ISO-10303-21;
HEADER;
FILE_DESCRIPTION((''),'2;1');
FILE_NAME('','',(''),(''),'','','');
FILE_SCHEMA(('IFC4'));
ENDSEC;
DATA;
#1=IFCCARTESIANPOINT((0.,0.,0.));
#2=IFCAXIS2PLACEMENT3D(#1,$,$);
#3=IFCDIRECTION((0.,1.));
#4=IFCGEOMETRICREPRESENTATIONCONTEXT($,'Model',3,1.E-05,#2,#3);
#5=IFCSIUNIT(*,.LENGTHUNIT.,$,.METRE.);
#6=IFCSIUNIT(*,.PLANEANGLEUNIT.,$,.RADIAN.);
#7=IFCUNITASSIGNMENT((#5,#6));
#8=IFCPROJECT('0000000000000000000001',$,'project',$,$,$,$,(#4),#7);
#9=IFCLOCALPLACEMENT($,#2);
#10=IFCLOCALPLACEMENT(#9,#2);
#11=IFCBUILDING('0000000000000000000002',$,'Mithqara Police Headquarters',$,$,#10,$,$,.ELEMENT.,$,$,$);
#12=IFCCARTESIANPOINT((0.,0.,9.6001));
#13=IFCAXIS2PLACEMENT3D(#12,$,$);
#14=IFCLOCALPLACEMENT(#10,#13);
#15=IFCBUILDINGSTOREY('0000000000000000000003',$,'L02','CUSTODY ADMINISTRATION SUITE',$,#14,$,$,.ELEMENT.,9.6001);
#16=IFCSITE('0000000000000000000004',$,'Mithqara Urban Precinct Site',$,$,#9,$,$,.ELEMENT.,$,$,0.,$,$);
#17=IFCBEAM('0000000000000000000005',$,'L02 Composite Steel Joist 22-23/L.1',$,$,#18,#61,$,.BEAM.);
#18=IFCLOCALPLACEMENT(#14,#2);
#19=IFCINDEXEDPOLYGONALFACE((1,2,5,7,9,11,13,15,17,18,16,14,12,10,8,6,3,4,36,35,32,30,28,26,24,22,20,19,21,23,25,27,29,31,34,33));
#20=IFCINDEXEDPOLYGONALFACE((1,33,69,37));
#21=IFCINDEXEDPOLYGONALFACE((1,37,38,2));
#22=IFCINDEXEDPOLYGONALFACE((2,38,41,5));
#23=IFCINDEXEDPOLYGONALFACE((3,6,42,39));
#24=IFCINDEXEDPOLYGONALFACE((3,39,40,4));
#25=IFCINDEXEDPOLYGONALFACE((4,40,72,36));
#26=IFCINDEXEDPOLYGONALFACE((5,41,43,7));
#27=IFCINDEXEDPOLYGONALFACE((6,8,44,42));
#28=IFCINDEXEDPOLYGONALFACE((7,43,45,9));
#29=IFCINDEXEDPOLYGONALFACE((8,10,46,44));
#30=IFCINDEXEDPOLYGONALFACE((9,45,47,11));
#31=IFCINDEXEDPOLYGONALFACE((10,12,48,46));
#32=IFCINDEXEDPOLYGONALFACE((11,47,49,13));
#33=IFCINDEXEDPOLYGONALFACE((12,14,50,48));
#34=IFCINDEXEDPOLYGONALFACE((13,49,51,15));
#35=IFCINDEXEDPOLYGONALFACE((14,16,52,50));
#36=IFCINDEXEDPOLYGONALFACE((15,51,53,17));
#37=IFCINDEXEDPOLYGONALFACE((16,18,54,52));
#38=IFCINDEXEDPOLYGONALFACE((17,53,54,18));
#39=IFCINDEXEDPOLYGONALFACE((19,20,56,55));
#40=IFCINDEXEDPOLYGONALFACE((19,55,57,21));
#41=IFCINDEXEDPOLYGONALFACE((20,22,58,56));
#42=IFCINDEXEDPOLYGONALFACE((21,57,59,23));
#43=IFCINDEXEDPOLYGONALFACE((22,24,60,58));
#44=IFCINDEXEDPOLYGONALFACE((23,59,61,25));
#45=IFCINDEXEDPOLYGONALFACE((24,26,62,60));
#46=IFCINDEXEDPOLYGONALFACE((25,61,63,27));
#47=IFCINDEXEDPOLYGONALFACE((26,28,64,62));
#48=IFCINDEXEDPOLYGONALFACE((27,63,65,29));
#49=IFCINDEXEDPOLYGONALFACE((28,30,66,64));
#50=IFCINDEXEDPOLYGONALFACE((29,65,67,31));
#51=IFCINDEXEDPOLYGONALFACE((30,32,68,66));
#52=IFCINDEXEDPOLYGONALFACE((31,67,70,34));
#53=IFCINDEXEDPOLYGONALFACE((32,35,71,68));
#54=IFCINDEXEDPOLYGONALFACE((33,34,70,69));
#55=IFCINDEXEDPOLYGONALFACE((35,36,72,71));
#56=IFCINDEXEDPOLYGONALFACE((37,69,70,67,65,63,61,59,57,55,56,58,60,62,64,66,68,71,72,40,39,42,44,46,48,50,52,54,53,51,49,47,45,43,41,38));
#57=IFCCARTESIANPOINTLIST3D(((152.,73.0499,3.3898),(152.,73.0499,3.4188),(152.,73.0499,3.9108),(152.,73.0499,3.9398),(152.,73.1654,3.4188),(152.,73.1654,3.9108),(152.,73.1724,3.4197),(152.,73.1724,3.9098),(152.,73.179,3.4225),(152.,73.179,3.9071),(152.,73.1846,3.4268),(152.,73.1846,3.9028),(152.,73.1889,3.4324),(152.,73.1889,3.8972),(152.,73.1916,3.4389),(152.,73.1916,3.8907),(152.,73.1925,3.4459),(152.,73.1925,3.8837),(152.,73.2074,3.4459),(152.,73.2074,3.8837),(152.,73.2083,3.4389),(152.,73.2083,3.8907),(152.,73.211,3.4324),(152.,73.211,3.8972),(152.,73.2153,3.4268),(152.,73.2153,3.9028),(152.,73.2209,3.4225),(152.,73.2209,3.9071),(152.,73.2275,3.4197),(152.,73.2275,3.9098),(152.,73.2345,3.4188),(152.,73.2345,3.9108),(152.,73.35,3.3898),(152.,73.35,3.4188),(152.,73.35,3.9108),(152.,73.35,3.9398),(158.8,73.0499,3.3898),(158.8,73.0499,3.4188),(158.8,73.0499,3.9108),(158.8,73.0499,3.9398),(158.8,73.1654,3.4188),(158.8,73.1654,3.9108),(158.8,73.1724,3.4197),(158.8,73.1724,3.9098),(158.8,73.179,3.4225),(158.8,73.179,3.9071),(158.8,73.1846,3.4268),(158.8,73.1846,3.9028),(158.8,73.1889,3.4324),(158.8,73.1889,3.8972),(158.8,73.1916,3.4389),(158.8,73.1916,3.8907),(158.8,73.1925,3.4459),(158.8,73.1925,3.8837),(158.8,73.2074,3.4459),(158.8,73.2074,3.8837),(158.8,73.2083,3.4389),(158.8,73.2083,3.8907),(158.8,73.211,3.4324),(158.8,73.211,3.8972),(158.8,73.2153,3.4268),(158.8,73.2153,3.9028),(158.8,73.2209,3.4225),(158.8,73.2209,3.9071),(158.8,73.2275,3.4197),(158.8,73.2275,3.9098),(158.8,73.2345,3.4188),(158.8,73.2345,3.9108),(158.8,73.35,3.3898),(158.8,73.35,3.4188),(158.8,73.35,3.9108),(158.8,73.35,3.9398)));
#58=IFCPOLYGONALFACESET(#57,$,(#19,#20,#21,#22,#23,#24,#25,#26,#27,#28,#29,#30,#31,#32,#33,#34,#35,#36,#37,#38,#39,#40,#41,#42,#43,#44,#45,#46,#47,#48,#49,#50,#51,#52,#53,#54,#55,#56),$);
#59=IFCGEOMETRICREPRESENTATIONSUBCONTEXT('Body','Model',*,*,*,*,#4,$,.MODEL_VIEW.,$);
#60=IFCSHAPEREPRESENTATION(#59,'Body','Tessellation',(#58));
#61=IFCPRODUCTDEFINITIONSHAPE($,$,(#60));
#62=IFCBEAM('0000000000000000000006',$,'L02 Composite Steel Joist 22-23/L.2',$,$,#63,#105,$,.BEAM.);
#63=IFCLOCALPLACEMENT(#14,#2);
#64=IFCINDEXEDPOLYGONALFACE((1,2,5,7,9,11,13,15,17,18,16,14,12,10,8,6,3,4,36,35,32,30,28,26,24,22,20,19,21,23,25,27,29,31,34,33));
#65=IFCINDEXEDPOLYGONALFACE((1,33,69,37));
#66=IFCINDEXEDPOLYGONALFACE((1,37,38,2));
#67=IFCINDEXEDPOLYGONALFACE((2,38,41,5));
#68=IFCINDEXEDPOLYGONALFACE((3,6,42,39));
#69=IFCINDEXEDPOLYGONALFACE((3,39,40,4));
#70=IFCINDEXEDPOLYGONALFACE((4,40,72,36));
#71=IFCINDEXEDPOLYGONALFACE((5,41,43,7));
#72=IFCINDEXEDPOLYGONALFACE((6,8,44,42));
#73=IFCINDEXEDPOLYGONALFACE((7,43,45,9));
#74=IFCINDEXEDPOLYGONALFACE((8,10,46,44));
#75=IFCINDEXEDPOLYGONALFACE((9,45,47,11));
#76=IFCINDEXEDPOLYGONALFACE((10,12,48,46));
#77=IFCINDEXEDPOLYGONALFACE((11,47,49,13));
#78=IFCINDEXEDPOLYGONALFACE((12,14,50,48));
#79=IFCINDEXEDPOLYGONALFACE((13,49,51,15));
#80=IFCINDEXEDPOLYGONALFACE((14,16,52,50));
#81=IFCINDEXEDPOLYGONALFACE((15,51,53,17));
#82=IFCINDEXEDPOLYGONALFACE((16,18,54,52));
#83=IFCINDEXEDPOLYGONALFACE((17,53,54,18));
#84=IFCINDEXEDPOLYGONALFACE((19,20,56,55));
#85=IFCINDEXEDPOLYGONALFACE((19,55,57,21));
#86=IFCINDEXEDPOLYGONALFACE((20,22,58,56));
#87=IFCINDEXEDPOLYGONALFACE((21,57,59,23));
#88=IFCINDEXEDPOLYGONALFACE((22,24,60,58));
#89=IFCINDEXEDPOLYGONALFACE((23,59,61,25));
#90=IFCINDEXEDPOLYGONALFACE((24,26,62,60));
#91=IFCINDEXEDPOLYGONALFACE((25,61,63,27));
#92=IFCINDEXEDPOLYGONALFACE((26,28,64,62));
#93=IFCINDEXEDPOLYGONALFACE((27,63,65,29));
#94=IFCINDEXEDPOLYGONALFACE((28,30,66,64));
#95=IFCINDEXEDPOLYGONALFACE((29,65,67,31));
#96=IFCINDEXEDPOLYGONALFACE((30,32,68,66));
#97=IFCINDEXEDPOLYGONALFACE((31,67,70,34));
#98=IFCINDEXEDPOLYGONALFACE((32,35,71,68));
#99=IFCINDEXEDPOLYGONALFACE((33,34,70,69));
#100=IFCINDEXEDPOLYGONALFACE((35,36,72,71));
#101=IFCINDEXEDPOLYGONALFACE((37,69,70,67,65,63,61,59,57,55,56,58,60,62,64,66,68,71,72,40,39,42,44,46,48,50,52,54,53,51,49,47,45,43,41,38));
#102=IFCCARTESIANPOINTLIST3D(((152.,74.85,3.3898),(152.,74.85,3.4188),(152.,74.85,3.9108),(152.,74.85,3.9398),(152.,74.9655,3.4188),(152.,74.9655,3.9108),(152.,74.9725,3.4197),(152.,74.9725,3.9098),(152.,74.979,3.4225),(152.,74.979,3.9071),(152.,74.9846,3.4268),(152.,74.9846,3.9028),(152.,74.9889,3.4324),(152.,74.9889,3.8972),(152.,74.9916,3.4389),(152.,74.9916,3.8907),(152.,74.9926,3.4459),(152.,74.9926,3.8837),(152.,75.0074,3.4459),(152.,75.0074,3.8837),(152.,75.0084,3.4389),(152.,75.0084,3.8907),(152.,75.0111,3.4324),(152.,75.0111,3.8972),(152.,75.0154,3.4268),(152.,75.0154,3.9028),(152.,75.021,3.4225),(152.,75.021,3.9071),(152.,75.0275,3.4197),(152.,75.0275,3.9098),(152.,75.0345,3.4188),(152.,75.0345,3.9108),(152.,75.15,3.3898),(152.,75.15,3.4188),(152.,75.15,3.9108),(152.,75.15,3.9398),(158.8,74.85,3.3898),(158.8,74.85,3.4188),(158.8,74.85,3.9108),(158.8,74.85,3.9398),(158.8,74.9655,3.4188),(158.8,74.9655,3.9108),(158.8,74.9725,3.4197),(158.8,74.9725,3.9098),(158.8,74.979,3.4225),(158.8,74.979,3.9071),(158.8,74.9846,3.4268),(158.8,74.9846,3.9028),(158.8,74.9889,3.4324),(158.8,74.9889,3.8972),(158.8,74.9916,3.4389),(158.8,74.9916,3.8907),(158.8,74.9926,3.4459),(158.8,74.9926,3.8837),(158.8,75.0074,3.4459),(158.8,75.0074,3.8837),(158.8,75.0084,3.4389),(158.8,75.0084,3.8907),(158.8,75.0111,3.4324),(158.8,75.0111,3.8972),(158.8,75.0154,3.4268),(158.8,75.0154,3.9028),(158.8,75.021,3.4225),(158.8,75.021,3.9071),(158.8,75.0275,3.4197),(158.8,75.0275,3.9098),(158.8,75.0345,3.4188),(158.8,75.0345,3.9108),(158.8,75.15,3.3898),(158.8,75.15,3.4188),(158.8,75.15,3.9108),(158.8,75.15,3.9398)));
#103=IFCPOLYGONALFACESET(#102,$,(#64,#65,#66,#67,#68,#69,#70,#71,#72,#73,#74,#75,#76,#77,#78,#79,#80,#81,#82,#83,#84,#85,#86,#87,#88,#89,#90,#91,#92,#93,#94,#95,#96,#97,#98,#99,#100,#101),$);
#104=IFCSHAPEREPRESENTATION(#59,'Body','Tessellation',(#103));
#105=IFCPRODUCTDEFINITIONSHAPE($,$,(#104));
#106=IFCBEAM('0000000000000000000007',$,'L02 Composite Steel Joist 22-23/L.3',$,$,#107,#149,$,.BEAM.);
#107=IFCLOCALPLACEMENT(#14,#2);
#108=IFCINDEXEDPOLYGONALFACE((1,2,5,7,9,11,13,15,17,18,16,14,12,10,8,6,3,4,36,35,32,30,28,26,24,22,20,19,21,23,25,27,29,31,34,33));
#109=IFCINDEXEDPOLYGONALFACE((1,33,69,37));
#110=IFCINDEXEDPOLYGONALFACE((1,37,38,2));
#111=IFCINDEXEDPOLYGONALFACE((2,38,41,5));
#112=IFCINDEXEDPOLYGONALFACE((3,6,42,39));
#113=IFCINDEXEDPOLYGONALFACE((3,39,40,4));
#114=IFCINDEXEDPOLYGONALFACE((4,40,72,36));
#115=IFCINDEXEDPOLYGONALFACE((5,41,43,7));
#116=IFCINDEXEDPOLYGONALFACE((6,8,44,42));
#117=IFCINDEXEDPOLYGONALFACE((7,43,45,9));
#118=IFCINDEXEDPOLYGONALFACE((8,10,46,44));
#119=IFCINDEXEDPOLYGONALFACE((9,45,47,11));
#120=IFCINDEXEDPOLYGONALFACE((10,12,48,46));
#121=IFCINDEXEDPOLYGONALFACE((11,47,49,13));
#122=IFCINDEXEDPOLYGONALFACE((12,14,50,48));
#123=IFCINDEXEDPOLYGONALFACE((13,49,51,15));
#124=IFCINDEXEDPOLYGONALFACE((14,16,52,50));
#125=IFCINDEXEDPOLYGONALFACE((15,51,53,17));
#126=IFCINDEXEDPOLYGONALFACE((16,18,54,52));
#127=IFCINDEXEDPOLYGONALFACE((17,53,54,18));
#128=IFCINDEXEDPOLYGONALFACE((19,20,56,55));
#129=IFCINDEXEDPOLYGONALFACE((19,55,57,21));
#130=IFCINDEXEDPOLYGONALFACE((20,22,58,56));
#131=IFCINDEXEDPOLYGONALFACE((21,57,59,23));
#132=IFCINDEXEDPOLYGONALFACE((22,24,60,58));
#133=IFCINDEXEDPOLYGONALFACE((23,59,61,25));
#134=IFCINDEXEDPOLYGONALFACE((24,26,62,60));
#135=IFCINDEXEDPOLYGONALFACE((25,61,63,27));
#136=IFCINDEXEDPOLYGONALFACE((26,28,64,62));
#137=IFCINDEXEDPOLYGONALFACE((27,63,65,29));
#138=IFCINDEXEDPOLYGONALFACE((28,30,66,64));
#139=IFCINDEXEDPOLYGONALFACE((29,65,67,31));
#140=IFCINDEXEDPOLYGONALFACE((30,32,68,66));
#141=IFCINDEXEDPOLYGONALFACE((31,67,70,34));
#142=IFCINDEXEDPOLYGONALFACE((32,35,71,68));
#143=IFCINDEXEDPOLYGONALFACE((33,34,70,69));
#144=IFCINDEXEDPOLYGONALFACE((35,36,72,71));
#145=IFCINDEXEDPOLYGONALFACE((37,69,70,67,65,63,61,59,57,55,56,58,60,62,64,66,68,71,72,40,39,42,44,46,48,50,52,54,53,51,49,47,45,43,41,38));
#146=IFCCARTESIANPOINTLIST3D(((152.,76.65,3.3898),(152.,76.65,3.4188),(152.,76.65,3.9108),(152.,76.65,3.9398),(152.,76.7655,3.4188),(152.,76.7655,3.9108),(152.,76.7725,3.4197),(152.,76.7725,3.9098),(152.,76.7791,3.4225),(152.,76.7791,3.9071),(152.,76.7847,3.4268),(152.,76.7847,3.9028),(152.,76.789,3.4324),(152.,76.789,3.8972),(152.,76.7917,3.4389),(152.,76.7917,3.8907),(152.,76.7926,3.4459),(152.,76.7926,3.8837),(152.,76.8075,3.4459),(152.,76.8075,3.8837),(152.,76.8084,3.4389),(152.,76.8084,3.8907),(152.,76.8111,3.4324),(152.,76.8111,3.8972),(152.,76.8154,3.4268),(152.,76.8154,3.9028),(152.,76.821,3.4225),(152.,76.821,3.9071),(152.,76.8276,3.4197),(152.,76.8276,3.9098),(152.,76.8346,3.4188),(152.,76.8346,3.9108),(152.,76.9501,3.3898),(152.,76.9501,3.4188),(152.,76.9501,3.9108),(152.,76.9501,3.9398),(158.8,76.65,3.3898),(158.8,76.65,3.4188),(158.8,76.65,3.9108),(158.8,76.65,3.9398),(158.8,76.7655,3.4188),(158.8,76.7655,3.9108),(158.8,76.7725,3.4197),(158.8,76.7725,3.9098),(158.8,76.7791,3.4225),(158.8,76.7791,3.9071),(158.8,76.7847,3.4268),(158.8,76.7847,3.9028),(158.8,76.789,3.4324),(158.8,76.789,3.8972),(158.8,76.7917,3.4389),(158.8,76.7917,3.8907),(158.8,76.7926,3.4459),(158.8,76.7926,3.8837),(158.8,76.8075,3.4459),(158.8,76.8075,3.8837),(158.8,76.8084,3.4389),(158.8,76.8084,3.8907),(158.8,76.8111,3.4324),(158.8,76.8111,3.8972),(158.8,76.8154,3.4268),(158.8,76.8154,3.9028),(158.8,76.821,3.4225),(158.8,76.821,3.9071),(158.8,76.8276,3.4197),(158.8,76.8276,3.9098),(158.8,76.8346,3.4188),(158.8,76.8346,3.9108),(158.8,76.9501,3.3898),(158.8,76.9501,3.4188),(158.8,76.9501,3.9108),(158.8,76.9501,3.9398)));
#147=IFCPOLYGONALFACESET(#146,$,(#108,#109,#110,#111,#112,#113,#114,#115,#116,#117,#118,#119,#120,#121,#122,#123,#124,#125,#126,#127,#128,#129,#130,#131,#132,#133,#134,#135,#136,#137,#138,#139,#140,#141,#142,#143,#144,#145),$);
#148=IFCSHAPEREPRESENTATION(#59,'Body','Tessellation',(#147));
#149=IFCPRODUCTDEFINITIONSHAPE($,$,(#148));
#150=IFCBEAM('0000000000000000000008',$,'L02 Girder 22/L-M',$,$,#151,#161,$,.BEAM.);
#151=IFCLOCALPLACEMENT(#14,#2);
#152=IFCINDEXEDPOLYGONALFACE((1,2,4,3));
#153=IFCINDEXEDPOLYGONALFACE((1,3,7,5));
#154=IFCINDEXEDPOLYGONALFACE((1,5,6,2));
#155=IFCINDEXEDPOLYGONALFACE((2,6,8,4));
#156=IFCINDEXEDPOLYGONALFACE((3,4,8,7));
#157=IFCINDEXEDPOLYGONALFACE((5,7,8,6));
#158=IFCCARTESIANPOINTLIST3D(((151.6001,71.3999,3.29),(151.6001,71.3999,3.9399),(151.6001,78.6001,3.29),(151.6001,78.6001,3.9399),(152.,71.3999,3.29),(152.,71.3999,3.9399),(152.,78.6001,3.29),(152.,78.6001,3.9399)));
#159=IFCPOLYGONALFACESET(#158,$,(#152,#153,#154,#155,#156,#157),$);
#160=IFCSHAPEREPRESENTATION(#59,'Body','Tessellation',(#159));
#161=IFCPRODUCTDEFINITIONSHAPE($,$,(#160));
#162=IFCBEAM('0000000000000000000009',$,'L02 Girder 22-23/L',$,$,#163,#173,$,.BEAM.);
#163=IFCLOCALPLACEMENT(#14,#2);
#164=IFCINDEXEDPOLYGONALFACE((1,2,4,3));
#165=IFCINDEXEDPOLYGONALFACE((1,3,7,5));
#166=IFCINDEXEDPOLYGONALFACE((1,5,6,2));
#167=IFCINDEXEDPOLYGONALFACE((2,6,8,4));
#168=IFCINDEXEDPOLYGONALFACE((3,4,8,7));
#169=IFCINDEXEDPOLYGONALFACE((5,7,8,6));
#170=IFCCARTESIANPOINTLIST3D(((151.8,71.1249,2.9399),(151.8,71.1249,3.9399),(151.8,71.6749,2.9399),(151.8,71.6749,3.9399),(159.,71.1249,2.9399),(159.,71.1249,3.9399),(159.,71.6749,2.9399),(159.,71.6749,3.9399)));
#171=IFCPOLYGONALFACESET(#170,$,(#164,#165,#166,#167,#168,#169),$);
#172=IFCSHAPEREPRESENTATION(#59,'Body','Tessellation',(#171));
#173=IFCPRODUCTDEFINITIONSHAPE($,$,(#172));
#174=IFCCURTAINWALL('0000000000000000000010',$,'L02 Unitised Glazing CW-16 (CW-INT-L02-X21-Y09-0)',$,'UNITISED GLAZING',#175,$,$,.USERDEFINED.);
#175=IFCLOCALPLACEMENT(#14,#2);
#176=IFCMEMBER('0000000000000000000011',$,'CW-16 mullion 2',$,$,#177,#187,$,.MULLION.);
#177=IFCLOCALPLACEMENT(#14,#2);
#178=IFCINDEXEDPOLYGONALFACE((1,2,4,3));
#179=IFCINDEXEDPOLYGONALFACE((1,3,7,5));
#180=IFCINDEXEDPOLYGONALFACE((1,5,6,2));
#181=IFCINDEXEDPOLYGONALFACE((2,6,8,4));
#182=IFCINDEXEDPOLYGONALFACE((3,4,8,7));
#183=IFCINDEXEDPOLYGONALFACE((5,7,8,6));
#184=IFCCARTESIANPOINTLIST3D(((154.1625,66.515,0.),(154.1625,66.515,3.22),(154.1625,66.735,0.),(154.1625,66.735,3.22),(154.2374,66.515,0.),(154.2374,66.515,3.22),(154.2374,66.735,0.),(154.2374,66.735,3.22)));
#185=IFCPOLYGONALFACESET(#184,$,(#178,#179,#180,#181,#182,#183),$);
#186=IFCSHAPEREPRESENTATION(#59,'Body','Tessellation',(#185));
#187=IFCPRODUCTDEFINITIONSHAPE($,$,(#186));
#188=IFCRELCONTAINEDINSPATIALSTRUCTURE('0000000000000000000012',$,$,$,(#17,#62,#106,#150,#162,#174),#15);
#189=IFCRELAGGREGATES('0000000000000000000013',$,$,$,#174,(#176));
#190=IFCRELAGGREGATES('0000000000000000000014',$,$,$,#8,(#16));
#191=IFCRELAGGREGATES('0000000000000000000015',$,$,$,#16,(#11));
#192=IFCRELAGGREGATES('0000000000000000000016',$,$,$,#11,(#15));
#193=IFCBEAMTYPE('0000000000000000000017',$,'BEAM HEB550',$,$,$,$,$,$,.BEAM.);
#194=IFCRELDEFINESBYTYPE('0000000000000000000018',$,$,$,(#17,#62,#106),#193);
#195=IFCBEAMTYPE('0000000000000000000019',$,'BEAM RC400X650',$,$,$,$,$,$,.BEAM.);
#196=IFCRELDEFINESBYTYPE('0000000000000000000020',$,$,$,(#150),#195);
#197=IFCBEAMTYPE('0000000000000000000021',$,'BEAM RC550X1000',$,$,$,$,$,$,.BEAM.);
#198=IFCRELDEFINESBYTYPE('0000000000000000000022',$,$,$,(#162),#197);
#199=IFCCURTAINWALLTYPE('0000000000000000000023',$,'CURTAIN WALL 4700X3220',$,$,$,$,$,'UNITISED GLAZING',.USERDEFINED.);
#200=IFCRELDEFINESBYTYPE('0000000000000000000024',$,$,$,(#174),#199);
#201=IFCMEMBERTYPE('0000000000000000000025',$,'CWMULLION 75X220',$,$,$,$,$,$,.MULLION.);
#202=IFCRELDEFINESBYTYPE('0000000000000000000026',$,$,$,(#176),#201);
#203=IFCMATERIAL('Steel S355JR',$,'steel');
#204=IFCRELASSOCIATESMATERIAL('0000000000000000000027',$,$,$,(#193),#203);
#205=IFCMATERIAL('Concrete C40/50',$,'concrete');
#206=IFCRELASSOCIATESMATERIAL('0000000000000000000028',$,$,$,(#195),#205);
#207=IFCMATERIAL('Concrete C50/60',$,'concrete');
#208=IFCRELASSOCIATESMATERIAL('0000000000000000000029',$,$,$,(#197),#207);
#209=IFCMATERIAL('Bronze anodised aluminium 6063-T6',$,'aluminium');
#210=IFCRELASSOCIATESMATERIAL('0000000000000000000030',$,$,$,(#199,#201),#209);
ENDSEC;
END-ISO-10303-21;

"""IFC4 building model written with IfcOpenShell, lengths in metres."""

from ifc_helpers import new_model, si_unit, direction, frame, origin, origin_2d, place, context, subcontext, project, spatial, rectangle, i_section, extrude, material, material_profile, profile_set, type_object, element, aggregate, save


model = new_model("IFC4")

# Units and contexts
model_context = context("Model", 3, precision=1e-05, world=origin(), true_north=direction((0.0, 1.0)))
body_context = subcontext(model_context, "Body", "Model", "MODEL_VIEW")
ifc_project = project(units=[si_unit("LENGTHUNIT", "METRE"), si_unit("PLANEANGLEUNIT", "RADIAN")], contexts=[model_context])

# Site, building, storey
site_placement = place(None, origin())
site = spatial("IfcSite", under=ifc_project, at=site_placement, Name="Mithqara Urban Precinct Site", CompositionType="ELEMENT", RefElevation=0.0)
building_placement = place(site_placement, origin())
building = spatial("IfcBuilding", under=site, at=building_placement, Name="Mithqara Police Headquarters", CompositionType="ELEMENT")
storey_placement = place(building_placement, frame((0.0, 0.0, 9.6001)))
storey = spatial("IfcBuildingStorey", under=building, at=storey_placement, Name="L02", Description="CUSTODY ADMINISTRATION SUITE", CompositionType="ELEMENT", Elevation=9.6001)

# Shared definitions
ifc_material_1 = material(Name="Concrete C50/60", Category="concrete")

# Beams
ifc_material_2 = material(Name="Steel S355JR", Category="steel")
ifc_material_profile_1 = material_profile(ifc_material_2, i_section(OverallWidth=0.3, OverallDepth=0.55, WebThickness=0.0149, FlangeThickness=0.0291, FilletRadius=0.0271, at=origin_2d()), Name="HEB 550")
ifc_profile_set_1 = profile_set([ifc_material_profile_1], Name="Steel S355JR")
beam_type_1 = type_object("IfcBeamType", Name="BEAM HEB550", PredefinedType="BEAM", material=ifc_profile_set_1)
for number, where, z_axis, x_axis, name in (
    (1, (152.0, 73.2, 3.6648), (1.0, 0.0, 0.0), (0.0, 1.0, 0.0), "L02 Composite Steel Joist 22-23/L.1"),
    (2, (152.0, 75.0, 3.6648), (1.0, 0.0, 0.0), (0.0, 1.0, 0.0), "L02 Composite Steel Joist 22-23/L.2"),
    (3, (152.0, 76.8, 3.6648), (1.0, 0.0, 0.0), (0.0, 1.0, 0.0), "L02 Composite Steel Joist 22-23/L.3"),
):
    element("IfcBeam", number, at=place(storey_placement, frame(where, z_axis=z_axis, x_axis=x_axis)), inside=storey, type_object=beam_type_1, Name=name, PredefinedType="BEAM", context=body_context, shape_type="SweptSolid", body=[
        extrude(i_section(OverallWidth=0.3, OverallDepth=0.55, WebThickness=0.0149, FlangeThickness=0.0291, FilletRadius=0.0271, at=origin_2d()), origin(), (0.0, 0.0, 1.0), 6.8),
    ])
ifc_material_3 = material(Name="Concrete C40/50", Category="concrete")
ifc_material_profile_2 = material_profile(ifc_material_3, rectangle(XDim=0.3999, YDim=0.6499, at=origin_2d()), Name="RC 400x650")
ifc_profile_set_2 = profile_set([ifc_material_profile_2], Name="Concrete C40/50")
beam_type_2 = type_object("IfcBeamType", Name="BEAM RC400X650", PredefinedType="BEAM", material=ifc_profile_set_2)
beam_1_placement = place(storey_placement, frame((151.8, 71.3999, 3.615), z_axis=(0.0, 1.0, 0.0), x_axis=(-1.0, 0.0, 0.0)))
element("IfcBeam", 4, at=beam_1_placement, inside=storey, type_object=beam_type_2, Name="L02 Girder 22/L-M", PredefinedType="BEAM", context=body_context, shape_type="SweptSolid", body=[
    extrude(rectangle(XDim=0.3999, YDim=0.6499, at=origin_2d()), origin(), (0.0, 0.0, 1.0), 7.2002),
])
ifc_material_profile_3 = material_profile(ifc_material_1, rectangle(XDim=0.55, YDim=1.0, at=origin_2d()), Name="RC 550x1000")
ifc_profile_set_3 = profile_set([ifc_material_profile_3], Name="Concrete C50/60")
beam_type_3 = type_object("IfcBeamType", Name="BEAM RC550X1000", PredefinedType="BEAM", material=ifc_profile_set_3)
beam_2_placement = place(storey_placement, frame((151.8, 71.3999, 3.4399), z_axis=(1.0, 0.0, 0.0), x_axis=(0.0, 1.0, 0.0)))
element("IfcBeam", 5, at=beam_2_placement, inside=storey, type_object=beam_type_3, Name="L02 Girder 22-23/L", PredefinedType="BEAM", context=body_context, shape_type="SweptSolid", body=[
    extrude(rectangle(XDim=0.55, YDim=1.0, at=origin_2d()), origin(), (0.0, 0.0, 1.0), 7.2),
])

# Curtain wall, member
ifc_material_4 = material(Name="Bronze anodised aluminium 6063-T6", Category="aluminium")
curtain_wall_type = type_object("IfcCurtainWallType", Name="CURTAIN WALL 4700X3220", ElementType="UNITISED GLAZING", PredefinedType="USERDEFINED", material=ifc_material_4)
curtain_wall_placement = place(storey_placement, origin())
curtain_wall = element("IfcCurtainWall", 6, at=curtain_wall_placement, inside=storey, type_object=curtain_wall_type, Name="L02 Unitised Glazing CW-16 (CW-INT-L02-X21-Y09-0)", ObjectType="UNITISED GLAZING", PredefinedType="USERDEFINED")
ifc_material_profile_4 = material_profile(ifc_material_4, rectangle(XDim=0.075, YDim=0.22, at=origin_2d()), Name="CWM 75x220")
ifc_profile_set_4 = profile_set([ifc_material_profile_4], Name="Bronze anodised aluminium 6063-T6")
member_type_1 = type_object("IfcMemberType", Name="CWMULLION 75X220", PredefinedType="MULLION", material=ifc_profile_set_4)
member_1_placement = place(storey_placement, frame((154.2, 66.625, 0.0), z_axis=(0.0, 0.0, 1.0), x_axis=(-1.0, 0.0, 0.0)))
member_1 = element("IfcMember", 7, at=member_1_placement, type_object=member_type_1, Name="CW-16 mullion 2", PredefinedType="MULLION", context=body_context, shape_type="SweptSolid", body=[
    extrude(rectangle(XDim=0.075, YDim=0.22, at=origin_2d()), origin(), (0.0, 0.0, 1.0), 3.22),
])
aggregate(curtain_wall, [member_1])

save(model, "model.ifc")
